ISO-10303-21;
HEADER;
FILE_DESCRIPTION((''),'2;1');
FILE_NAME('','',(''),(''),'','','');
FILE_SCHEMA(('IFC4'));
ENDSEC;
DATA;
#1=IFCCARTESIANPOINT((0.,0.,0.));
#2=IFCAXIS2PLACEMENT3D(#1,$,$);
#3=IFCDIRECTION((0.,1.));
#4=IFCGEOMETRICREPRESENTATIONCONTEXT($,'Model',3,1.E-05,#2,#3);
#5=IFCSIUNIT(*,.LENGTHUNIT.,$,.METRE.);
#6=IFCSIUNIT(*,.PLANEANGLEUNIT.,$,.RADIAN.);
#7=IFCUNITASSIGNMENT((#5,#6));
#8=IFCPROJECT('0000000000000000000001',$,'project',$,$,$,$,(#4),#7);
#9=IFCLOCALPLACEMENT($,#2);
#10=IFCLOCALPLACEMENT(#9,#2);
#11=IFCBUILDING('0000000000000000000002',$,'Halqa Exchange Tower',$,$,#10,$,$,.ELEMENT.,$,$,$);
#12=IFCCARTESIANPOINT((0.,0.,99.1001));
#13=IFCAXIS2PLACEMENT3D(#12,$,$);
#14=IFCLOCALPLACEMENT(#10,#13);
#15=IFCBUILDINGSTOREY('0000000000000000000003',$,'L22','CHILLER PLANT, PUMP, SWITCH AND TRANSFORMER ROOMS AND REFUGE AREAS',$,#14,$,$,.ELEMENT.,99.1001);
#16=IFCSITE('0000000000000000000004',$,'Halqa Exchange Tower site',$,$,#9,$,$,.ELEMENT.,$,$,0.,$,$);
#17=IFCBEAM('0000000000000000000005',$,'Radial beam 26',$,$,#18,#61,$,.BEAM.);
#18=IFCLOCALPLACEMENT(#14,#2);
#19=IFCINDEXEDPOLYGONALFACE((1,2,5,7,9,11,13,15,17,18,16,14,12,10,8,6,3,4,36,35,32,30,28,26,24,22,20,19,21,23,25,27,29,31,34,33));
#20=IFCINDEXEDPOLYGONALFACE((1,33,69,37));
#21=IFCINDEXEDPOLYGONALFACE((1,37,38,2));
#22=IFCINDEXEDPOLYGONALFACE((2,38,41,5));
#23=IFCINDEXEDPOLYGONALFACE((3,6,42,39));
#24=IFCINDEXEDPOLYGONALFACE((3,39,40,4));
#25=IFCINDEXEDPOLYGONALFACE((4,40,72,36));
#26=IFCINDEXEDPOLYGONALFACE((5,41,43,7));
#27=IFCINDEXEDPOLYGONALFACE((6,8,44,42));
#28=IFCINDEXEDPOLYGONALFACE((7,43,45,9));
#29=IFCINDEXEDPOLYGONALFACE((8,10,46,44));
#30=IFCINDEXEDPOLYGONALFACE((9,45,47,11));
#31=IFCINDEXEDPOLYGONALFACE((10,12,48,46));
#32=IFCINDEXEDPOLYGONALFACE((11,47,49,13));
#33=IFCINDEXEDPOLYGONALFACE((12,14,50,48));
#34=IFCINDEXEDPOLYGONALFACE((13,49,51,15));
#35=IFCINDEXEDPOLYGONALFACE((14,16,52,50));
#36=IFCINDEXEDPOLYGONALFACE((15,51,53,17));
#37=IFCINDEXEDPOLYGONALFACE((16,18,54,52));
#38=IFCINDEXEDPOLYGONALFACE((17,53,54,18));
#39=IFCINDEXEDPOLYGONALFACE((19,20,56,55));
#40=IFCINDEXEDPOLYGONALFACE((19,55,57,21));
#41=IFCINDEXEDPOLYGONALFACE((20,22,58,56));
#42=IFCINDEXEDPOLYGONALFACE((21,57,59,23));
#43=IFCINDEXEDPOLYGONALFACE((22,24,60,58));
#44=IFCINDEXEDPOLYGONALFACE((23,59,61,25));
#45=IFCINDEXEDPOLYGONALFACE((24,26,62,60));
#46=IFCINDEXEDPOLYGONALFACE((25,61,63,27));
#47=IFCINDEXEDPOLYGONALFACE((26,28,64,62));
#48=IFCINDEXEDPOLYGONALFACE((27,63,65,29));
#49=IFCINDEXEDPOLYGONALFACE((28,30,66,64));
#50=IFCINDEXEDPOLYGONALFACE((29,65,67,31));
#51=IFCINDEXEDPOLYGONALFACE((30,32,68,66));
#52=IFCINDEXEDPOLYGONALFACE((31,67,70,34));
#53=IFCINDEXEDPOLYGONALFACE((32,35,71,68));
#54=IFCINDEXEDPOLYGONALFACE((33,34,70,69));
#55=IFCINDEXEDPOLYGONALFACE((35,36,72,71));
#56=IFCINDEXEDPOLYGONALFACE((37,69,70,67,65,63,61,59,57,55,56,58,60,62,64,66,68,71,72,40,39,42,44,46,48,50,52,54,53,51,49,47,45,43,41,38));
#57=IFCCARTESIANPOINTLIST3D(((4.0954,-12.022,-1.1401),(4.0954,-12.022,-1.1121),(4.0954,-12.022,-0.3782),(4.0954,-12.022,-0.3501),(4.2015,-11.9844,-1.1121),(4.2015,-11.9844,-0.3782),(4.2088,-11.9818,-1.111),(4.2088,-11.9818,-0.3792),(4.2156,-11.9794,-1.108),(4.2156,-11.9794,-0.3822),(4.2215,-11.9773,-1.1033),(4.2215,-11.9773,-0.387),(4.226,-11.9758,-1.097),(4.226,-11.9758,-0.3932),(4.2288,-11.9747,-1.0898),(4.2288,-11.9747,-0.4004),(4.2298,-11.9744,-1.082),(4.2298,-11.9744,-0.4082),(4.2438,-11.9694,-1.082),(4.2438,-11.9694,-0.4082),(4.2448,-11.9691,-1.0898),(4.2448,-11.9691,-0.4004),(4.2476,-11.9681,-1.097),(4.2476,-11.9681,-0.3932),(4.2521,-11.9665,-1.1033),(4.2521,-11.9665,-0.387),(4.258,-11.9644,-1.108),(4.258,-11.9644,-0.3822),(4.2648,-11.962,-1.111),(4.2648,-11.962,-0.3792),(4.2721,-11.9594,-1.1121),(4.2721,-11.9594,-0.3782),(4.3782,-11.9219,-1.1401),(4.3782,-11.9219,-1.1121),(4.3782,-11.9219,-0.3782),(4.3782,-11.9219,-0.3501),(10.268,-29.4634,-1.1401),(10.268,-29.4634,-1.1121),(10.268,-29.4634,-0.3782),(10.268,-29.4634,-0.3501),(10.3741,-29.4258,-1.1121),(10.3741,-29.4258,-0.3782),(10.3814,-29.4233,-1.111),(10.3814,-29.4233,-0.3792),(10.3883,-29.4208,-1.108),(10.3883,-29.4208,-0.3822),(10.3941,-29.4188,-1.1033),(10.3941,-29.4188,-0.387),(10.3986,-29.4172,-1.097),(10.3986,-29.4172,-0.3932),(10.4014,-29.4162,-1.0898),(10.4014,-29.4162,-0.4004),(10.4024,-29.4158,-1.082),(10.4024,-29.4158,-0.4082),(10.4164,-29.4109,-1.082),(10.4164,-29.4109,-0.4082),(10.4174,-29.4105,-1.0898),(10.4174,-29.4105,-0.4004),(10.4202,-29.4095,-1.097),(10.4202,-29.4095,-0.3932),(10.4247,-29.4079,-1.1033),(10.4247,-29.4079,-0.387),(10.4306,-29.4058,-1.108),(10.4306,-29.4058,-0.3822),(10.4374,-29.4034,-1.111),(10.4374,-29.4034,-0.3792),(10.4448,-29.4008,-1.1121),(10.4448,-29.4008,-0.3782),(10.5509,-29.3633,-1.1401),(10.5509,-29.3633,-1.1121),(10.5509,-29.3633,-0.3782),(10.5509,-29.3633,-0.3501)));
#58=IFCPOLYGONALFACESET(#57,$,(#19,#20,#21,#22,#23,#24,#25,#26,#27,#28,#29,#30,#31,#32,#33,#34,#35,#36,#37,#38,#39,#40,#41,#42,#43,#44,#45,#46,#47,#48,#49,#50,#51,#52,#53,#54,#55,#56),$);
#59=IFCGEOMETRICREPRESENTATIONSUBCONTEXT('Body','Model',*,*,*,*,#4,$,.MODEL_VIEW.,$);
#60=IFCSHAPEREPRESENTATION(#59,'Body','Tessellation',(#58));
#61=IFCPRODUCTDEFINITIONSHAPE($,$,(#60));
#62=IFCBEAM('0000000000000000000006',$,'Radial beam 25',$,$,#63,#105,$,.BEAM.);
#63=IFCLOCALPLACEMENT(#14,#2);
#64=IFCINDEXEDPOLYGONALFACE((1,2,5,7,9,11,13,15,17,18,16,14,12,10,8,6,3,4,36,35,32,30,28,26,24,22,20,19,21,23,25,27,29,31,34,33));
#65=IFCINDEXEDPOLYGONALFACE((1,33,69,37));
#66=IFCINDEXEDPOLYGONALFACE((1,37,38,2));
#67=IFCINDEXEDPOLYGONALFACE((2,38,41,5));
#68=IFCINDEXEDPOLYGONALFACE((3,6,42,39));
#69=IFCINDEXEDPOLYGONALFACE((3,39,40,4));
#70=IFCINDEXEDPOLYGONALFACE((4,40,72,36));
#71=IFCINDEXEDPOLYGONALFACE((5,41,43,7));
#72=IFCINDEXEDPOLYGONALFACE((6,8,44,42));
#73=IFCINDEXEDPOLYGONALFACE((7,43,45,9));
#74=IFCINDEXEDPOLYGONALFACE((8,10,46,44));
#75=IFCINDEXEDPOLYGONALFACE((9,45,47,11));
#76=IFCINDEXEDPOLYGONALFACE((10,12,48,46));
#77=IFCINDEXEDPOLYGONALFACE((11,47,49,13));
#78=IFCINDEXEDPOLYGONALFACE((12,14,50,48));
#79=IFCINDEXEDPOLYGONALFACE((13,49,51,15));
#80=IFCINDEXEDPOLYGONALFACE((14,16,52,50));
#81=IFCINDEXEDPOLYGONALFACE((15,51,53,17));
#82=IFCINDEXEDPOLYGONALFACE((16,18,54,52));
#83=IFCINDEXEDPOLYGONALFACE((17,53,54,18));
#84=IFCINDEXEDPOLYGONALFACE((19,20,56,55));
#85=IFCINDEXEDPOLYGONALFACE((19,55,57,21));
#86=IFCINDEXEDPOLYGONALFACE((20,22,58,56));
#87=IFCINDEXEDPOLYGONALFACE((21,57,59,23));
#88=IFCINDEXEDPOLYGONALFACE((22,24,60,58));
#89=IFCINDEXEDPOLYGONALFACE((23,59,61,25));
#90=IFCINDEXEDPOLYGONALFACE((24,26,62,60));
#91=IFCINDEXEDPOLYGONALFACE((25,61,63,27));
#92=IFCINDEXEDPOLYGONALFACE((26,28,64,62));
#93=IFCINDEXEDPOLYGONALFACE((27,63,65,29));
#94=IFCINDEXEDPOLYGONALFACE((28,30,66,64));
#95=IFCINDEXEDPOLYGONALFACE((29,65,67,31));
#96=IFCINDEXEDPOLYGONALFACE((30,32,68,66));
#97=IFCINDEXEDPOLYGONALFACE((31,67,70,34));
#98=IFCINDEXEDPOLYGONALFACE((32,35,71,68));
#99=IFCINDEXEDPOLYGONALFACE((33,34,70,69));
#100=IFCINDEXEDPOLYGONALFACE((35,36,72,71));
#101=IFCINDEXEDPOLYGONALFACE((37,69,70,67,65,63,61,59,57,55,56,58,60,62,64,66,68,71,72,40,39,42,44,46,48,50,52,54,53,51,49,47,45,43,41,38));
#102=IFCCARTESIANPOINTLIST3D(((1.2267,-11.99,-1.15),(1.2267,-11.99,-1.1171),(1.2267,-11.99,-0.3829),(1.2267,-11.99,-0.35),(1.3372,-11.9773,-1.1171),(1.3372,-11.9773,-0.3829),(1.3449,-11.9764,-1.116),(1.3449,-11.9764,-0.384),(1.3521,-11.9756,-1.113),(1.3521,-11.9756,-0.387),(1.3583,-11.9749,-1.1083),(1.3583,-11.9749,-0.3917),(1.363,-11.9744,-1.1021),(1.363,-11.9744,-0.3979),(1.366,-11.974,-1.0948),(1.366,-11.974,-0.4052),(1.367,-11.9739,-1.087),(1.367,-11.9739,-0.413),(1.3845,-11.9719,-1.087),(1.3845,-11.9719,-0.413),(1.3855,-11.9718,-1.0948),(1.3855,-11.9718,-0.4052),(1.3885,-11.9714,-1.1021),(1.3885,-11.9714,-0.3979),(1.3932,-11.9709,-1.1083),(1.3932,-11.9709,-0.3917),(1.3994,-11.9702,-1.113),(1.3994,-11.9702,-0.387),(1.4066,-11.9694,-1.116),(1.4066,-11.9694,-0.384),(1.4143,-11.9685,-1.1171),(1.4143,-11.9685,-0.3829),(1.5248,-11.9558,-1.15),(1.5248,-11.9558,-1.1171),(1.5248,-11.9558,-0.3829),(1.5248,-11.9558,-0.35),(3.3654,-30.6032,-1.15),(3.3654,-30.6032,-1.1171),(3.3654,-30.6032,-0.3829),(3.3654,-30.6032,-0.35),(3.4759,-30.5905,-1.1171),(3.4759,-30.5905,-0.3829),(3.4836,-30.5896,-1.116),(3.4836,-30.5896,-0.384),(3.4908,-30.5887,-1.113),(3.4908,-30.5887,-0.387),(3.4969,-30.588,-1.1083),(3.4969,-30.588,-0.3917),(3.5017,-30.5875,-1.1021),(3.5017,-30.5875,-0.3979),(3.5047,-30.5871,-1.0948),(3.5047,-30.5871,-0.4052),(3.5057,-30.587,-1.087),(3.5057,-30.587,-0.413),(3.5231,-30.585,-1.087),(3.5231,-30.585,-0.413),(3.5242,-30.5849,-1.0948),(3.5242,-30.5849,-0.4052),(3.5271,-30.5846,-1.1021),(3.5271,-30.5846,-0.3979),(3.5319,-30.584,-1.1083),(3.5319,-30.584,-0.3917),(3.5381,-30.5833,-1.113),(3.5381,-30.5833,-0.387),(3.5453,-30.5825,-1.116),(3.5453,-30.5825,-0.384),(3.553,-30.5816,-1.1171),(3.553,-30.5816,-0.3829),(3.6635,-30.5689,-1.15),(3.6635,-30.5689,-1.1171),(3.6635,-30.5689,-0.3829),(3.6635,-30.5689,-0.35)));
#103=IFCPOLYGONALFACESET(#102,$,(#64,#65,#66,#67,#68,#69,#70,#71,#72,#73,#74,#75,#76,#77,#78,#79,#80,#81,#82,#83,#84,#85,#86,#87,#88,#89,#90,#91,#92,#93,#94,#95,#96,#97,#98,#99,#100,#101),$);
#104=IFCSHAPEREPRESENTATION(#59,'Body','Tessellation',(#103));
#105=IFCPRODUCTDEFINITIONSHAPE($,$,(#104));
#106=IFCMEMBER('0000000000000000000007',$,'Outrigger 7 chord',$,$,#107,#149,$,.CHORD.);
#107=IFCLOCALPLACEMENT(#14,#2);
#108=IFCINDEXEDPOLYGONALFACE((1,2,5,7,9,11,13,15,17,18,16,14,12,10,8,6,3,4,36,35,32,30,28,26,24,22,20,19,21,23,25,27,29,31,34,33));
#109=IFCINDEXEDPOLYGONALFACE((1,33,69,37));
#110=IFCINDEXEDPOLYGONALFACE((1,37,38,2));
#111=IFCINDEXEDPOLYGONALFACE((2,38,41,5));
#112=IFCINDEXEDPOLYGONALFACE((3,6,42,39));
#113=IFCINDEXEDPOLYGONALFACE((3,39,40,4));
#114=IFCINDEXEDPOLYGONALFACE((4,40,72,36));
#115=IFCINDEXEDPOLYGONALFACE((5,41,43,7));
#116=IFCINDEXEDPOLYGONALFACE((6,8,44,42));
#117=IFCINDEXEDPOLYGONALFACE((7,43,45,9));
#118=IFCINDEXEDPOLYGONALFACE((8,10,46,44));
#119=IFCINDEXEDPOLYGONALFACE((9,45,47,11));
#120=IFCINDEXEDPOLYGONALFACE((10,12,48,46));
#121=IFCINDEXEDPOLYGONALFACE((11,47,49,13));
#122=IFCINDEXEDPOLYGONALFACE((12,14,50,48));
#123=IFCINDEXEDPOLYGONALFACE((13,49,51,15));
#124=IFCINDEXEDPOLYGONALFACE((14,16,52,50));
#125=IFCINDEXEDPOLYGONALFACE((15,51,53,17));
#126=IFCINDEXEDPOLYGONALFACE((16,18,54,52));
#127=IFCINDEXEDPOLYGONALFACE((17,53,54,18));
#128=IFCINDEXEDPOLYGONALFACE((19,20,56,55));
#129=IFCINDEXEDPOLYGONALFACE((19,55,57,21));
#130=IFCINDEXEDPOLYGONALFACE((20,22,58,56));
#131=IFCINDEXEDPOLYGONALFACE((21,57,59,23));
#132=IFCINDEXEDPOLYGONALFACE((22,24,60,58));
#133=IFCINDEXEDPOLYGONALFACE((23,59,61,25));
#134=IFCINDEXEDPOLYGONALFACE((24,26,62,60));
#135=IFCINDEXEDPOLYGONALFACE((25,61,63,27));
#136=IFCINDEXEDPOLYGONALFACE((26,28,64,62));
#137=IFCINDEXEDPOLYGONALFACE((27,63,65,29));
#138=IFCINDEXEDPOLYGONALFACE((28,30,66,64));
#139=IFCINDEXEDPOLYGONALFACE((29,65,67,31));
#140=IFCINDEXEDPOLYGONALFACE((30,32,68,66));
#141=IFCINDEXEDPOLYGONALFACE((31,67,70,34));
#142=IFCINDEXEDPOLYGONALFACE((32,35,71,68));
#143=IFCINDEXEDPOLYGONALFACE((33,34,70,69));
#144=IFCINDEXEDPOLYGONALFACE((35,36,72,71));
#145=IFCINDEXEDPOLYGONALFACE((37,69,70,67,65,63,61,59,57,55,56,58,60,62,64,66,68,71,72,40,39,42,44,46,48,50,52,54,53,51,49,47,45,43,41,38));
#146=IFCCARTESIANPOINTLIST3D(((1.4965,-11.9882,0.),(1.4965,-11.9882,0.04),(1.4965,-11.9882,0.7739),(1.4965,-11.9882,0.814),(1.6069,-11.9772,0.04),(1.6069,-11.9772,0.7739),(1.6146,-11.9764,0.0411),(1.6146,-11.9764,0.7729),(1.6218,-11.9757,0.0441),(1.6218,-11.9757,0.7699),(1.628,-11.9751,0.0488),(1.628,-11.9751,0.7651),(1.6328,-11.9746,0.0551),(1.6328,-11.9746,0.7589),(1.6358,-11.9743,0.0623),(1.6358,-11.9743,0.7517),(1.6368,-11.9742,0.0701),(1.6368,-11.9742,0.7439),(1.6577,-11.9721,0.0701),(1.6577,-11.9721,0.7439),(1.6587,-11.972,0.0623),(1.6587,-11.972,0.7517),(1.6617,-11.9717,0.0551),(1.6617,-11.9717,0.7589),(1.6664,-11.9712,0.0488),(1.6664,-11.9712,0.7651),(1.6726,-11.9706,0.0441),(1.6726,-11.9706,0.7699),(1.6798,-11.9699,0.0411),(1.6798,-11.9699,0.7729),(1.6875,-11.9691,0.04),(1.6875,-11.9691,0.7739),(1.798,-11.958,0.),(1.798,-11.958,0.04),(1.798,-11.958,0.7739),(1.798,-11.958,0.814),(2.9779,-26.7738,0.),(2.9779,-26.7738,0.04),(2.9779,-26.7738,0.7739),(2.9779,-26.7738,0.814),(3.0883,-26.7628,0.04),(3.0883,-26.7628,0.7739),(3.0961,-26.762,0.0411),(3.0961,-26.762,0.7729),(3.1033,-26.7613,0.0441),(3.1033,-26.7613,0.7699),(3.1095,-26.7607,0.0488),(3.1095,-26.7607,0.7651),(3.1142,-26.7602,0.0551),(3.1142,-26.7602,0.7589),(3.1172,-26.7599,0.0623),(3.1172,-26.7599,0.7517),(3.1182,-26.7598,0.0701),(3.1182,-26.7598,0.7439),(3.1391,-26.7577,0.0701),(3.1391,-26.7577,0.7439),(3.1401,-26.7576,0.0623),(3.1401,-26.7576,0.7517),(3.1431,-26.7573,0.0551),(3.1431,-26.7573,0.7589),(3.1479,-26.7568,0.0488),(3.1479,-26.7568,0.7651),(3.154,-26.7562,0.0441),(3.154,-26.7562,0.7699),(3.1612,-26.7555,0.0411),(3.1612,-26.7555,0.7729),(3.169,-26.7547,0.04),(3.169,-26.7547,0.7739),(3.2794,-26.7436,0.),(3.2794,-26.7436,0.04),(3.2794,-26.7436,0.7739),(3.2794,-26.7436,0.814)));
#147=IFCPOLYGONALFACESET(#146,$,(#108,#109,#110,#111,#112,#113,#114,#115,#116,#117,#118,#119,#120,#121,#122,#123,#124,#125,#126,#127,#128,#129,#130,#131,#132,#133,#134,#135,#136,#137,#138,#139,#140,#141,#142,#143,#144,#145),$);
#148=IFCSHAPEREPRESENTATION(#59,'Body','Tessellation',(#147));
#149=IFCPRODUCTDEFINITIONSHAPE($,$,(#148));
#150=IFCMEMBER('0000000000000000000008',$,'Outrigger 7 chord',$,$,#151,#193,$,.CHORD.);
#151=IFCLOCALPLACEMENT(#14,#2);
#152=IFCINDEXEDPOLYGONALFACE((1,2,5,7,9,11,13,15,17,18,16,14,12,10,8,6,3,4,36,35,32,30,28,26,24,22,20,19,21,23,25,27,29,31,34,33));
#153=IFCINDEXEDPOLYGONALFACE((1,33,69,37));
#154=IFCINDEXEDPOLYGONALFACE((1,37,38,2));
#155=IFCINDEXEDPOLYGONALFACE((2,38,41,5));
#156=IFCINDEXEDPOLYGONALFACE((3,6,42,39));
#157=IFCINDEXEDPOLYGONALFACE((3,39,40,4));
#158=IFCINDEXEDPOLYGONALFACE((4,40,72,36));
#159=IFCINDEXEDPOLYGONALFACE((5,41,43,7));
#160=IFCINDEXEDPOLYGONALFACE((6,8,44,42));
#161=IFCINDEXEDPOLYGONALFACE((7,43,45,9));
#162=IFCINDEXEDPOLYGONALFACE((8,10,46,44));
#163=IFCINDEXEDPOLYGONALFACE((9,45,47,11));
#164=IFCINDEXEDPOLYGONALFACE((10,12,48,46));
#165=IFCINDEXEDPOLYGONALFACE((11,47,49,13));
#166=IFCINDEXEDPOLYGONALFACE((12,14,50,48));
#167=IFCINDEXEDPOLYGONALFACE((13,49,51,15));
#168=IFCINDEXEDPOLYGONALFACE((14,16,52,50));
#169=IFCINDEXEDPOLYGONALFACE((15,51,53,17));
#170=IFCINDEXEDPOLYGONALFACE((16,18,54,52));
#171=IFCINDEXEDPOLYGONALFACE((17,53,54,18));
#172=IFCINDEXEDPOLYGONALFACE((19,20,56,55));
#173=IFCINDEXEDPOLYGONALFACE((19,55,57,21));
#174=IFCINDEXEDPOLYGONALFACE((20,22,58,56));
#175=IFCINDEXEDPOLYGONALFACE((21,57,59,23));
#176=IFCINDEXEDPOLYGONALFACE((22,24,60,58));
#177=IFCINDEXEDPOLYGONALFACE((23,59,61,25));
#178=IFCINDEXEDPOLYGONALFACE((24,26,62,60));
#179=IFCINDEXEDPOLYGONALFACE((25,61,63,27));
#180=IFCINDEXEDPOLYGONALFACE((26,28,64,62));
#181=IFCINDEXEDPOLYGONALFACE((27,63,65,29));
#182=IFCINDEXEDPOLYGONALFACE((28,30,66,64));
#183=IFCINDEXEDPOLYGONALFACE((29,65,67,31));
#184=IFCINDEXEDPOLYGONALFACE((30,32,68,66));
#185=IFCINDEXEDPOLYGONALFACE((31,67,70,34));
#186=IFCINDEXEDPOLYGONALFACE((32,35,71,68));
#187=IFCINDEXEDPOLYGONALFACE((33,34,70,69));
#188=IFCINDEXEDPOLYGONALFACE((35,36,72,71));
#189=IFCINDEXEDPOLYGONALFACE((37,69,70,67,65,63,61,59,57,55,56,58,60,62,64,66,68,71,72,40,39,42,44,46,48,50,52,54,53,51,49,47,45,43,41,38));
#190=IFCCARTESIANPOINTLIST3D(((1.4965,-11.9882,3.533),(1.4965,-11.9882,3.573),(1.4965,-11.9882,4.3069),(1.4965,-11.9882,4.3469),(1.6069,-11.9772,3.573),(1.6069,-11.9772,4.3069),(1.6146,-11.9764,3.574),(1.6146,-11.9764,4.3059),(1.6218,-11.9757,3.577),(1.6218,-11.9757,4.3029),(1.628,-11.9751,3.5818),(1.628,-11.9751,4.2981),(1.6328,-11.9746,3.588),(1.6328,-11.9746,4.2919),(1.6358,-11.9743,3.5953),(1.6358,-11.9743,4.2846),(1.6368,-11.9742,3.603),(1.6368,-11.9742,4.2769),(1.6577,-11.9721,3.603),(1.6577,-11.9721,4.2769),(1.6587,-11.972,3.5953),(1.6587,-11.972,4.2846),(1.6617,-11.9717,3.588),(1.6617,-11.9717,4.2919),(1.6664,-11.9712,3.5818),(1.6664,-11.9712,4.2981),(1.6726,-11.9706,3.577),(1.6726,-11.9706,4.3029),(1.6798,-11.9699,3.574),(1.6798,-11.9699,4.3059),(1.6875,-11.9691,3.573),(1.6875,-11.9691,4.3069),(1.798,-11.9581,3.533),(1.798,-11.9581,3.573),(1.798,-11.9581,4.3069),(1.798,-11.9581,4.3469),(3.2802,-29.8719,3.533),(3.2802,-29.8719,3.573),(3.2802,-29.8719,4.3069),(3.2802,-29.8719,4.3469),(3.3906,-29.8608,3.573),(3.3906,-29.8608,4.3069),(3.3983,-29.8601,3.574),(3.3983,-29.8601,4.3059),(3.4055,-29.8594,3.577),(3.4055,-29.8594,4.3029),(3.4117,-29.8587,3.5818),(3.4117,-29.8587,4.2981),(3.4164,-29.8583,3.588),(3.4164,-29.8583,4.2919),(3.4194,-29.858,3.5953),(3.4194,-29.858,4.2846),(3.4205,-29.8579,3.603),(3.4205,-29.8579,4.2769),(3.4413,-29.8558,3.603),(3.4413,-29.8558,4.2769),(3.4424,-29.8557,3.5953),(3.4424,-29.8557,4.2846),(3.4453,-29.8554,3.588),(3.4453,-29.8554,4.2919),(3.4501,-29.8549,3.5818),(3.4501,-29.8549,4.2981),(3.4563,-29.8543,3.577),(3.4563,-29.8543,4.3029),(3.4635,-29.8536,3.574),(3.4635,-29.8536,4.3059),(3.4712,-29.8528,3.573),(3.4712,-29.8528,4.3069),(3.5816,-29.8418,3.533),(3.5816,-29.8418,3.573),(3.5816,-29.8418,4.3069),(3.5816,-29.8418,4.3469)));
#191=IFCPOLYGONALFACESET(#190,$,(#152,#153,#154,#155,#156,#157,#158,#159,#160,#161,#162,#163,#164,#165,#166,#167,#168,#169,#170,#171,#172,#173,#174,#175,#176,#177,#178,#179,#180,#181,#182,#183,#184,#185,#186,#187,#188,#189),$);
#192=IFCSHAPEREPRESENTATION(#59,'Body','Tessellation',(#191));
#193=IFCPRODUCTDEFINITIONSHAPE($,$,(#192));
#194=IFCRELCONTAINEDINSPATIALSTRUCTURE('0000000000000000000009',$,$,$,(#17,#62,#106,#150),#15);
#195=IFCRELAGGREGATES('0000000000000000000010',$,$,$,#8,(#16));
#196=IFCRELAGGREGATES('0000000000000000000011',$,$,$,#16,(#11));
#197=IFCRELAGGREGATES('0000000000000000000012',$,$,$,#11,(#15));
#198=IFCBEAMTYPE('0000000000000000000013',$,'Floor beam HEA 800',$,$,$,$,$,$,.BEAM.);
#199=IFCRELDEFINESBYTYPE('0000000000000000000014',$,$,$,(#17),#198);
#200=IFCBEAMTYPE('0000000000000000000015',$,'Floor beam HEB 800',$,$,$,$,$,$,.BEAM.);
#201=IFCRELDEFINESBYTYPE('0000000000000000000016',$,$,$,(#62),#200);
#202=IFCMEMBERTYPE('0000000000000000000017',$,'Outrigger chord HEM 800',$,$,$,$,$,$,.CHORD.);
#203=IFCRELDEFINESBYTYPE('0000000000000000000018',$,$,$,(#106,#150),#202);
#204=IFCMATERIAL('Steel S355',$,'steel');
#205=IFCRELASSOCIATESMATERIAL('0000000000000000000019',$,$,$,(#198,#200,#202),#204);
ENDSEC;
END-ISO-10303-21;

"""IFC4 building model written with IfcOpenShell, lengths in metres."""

from ifc_helpers import new_model, si_unit, direction, frame, origin, origin_2d, place, context, subcontext, project, spatial, i_section, extrude, material, material_profile, profile_set, type_object, element, save


model = new_model("IFC4")

# Units and contexts
model_context = context("Model", 3, precision=1e-05, world=origin(), true_north=direction((0.0, 1.0)))
body_context = subcontext(model_context, "Body", "Model", "MODEL_VIEW")
ifc_project = project(units=[si_unit("LENGTHUNIT", "METRE"), si_unit("PLANEANGLEUNIT", "RADIAN")], contexts=[model_context])

# Site, building, storey
site_placement = place(None, origin())
site = spatial("IfcSite", under=ifc_project, at=site_placement, Name="Halqa Exchange Tower site", CompositionType="ELEMENT", RefElevation=0.0)
building_placement = place(site_placement, origin())
building = spatial("IfcBuilding", under=site, at=building_placement, Name="Halqa Exchange Tower", CompositionType="ELEMENT")
storey_placement = place(building_placement, frame((0.0, 0.0, 99.1001)))
storey = spatial("IfcBuildingStorey", under=building, at=storey_placement, Name="L22", Description="CHILLER PLANT, PUMP, SWITCH AND TRANSFORMER ROOMS AND REFUGE AREAS", CompositionType="ELEMENT", Elevation=99.1001)

# Beams
ifc_material_1 = material(Name="Steel S355", Category="steel")
ifc_material_profile_1 = material_profile(ifc_material_1, i_section(OverallWidth=0.3, OverallDepth=0.79, WebThickness=0.0149, FlangeThickness=0.0281, FilletRadius=0.03, at=origin_2d()), Name="HEA 800")
ifc_profile_set_1 = profile_set([ifc_material_profile_1], Name="Steel S355")
beam_type_1 = type_object("IfcBeamType", Name="Floor beam HEA 800", PredefinedType="BEAM", material=ifc_profile_set_1)
beam_1_placement = place(storey_placement, frame((4.2368, -11.9719, -0.7451), z_axis=(0.333628, -0.942705, 0.0), x_axis=(0.942705, 0.333628, 0.0)))
element("IfcBeam", 1, at=beam_1_placement, inside=storey, type_object=beam_type_1, Name="Radial beam 26", PredefinedType="BEAM", context=body_context, shape_type="SweptSolid", body=[
    extrude(i_section(OverallWidth=0.3, OverallDepth=0.79, WebThickness=0.0149, FlangeThickness=0.0281, FilletRadius=0.03, at=origin_2d()), origin(), (0.0, 0.0, 1.0), 18.5015),
])
ifc_material_profile_2 = material_profile(ifc_material_1, i_section(OverallWidth=0.3, OverallDepth=0.8, WebThickness=0.0176, FlangeThickness=0.033, FilletRadius=0.03, at=origin_2d()), Name="HEB 800")
ifc_profile_set_2 = profile_set([ifc_material_profile_2], Name="Steel S355")
beam_type_2 = type_object("IfcBeamType", Name="Floor beam HEB 800", PredefinedType="BEAM", material=ifc_profile_set_2)
beam_2_placement = place(storey_placement, frame((1.3757, -11.9729, -0.75), z_axis=(0.114151, -0.993463, 0.0), x_axis=(0.993463, 0.114151, 0.0)))
element("IfcBeam", 2, at=beam_2_placement, inside=storey, type_object=beam_type_2, Name="Radial beam 25", PredefinedType="BEAM", context=body_context, shape_type="SweptSolid", body=[
    extrude(i_section(OverallWidth=0.3, OverallDepth=0.8, WebThickness=0.0176, FlangeThickness=0.033, FilletRadius=0.03, at=origin_2d()), origin(), (0.0, 0.0, 1.0), 18.7356),
])

# Members
ifc_material_profile_3 = material_profile(ifc_material_1, i_section(OverallWidth=0.303, OverallDepth=0.814, WebThickness=0.021, FlangeThickness=0.04, FilletRadius=0.03, at=origin_2d()), Name="HEM 800")
ifc_profile_set_3 = profile_set([ifc_material_profile_3], Name="Steel S355")
member_type_1 = type_object("IfcMemberType", Name="Outrigger chord HEM 800", PredefinedType="CHORD", material=ifc_profile_set_3)
member_1_placement = place(storey_placement, frame((1.6472, -11.9731, 0.407), z_axis=(0.099696, -0.995018, 0.0), x_axis=(0.995018, 0.099696, 0.0)))
element("IfcMember", 3, at=member_1_placement, inside=storey, type_object=member_type_1, Name="Outrigger 7 chord", PredefinedType="CHORD", context=body_context, shape_type="SweptSolid", body=[
    extrude(i_section(OverallWidth=0.303, OverallDepth=0.814, WebThickness=0.021, FlangeThickness=0.04, FilletRadius=0.03, at=origin_2d()), origin(), (0.0, 0.0, 1.0), 14.8596),
])
member_2_placement = place(storey_placement, frame((1.6472, -11.9731, 3.9399), z_axis=(0.099245, -0.995063, 0.0), x_axis=(0.995063, 0.099245, 0.0)))
element("IfcMember", 4, at=member_2_placement, inside=storey, type_object=member_type_1, Name="Outrigger 7 chord", PredefinedType="CHORD", context=body_context, shape_type="SweptSolid", body=[
    extrude(i_section(OverallWidth=0.303, OverallDepth=0.814, WebThickness=0.021, FlangeThickness=0.04, FilletRadius=0.03, at=origin_2d()), origin(), (0.0, 0.0, 1.0), 17.9724),
])

save(model, "model.ifc")
